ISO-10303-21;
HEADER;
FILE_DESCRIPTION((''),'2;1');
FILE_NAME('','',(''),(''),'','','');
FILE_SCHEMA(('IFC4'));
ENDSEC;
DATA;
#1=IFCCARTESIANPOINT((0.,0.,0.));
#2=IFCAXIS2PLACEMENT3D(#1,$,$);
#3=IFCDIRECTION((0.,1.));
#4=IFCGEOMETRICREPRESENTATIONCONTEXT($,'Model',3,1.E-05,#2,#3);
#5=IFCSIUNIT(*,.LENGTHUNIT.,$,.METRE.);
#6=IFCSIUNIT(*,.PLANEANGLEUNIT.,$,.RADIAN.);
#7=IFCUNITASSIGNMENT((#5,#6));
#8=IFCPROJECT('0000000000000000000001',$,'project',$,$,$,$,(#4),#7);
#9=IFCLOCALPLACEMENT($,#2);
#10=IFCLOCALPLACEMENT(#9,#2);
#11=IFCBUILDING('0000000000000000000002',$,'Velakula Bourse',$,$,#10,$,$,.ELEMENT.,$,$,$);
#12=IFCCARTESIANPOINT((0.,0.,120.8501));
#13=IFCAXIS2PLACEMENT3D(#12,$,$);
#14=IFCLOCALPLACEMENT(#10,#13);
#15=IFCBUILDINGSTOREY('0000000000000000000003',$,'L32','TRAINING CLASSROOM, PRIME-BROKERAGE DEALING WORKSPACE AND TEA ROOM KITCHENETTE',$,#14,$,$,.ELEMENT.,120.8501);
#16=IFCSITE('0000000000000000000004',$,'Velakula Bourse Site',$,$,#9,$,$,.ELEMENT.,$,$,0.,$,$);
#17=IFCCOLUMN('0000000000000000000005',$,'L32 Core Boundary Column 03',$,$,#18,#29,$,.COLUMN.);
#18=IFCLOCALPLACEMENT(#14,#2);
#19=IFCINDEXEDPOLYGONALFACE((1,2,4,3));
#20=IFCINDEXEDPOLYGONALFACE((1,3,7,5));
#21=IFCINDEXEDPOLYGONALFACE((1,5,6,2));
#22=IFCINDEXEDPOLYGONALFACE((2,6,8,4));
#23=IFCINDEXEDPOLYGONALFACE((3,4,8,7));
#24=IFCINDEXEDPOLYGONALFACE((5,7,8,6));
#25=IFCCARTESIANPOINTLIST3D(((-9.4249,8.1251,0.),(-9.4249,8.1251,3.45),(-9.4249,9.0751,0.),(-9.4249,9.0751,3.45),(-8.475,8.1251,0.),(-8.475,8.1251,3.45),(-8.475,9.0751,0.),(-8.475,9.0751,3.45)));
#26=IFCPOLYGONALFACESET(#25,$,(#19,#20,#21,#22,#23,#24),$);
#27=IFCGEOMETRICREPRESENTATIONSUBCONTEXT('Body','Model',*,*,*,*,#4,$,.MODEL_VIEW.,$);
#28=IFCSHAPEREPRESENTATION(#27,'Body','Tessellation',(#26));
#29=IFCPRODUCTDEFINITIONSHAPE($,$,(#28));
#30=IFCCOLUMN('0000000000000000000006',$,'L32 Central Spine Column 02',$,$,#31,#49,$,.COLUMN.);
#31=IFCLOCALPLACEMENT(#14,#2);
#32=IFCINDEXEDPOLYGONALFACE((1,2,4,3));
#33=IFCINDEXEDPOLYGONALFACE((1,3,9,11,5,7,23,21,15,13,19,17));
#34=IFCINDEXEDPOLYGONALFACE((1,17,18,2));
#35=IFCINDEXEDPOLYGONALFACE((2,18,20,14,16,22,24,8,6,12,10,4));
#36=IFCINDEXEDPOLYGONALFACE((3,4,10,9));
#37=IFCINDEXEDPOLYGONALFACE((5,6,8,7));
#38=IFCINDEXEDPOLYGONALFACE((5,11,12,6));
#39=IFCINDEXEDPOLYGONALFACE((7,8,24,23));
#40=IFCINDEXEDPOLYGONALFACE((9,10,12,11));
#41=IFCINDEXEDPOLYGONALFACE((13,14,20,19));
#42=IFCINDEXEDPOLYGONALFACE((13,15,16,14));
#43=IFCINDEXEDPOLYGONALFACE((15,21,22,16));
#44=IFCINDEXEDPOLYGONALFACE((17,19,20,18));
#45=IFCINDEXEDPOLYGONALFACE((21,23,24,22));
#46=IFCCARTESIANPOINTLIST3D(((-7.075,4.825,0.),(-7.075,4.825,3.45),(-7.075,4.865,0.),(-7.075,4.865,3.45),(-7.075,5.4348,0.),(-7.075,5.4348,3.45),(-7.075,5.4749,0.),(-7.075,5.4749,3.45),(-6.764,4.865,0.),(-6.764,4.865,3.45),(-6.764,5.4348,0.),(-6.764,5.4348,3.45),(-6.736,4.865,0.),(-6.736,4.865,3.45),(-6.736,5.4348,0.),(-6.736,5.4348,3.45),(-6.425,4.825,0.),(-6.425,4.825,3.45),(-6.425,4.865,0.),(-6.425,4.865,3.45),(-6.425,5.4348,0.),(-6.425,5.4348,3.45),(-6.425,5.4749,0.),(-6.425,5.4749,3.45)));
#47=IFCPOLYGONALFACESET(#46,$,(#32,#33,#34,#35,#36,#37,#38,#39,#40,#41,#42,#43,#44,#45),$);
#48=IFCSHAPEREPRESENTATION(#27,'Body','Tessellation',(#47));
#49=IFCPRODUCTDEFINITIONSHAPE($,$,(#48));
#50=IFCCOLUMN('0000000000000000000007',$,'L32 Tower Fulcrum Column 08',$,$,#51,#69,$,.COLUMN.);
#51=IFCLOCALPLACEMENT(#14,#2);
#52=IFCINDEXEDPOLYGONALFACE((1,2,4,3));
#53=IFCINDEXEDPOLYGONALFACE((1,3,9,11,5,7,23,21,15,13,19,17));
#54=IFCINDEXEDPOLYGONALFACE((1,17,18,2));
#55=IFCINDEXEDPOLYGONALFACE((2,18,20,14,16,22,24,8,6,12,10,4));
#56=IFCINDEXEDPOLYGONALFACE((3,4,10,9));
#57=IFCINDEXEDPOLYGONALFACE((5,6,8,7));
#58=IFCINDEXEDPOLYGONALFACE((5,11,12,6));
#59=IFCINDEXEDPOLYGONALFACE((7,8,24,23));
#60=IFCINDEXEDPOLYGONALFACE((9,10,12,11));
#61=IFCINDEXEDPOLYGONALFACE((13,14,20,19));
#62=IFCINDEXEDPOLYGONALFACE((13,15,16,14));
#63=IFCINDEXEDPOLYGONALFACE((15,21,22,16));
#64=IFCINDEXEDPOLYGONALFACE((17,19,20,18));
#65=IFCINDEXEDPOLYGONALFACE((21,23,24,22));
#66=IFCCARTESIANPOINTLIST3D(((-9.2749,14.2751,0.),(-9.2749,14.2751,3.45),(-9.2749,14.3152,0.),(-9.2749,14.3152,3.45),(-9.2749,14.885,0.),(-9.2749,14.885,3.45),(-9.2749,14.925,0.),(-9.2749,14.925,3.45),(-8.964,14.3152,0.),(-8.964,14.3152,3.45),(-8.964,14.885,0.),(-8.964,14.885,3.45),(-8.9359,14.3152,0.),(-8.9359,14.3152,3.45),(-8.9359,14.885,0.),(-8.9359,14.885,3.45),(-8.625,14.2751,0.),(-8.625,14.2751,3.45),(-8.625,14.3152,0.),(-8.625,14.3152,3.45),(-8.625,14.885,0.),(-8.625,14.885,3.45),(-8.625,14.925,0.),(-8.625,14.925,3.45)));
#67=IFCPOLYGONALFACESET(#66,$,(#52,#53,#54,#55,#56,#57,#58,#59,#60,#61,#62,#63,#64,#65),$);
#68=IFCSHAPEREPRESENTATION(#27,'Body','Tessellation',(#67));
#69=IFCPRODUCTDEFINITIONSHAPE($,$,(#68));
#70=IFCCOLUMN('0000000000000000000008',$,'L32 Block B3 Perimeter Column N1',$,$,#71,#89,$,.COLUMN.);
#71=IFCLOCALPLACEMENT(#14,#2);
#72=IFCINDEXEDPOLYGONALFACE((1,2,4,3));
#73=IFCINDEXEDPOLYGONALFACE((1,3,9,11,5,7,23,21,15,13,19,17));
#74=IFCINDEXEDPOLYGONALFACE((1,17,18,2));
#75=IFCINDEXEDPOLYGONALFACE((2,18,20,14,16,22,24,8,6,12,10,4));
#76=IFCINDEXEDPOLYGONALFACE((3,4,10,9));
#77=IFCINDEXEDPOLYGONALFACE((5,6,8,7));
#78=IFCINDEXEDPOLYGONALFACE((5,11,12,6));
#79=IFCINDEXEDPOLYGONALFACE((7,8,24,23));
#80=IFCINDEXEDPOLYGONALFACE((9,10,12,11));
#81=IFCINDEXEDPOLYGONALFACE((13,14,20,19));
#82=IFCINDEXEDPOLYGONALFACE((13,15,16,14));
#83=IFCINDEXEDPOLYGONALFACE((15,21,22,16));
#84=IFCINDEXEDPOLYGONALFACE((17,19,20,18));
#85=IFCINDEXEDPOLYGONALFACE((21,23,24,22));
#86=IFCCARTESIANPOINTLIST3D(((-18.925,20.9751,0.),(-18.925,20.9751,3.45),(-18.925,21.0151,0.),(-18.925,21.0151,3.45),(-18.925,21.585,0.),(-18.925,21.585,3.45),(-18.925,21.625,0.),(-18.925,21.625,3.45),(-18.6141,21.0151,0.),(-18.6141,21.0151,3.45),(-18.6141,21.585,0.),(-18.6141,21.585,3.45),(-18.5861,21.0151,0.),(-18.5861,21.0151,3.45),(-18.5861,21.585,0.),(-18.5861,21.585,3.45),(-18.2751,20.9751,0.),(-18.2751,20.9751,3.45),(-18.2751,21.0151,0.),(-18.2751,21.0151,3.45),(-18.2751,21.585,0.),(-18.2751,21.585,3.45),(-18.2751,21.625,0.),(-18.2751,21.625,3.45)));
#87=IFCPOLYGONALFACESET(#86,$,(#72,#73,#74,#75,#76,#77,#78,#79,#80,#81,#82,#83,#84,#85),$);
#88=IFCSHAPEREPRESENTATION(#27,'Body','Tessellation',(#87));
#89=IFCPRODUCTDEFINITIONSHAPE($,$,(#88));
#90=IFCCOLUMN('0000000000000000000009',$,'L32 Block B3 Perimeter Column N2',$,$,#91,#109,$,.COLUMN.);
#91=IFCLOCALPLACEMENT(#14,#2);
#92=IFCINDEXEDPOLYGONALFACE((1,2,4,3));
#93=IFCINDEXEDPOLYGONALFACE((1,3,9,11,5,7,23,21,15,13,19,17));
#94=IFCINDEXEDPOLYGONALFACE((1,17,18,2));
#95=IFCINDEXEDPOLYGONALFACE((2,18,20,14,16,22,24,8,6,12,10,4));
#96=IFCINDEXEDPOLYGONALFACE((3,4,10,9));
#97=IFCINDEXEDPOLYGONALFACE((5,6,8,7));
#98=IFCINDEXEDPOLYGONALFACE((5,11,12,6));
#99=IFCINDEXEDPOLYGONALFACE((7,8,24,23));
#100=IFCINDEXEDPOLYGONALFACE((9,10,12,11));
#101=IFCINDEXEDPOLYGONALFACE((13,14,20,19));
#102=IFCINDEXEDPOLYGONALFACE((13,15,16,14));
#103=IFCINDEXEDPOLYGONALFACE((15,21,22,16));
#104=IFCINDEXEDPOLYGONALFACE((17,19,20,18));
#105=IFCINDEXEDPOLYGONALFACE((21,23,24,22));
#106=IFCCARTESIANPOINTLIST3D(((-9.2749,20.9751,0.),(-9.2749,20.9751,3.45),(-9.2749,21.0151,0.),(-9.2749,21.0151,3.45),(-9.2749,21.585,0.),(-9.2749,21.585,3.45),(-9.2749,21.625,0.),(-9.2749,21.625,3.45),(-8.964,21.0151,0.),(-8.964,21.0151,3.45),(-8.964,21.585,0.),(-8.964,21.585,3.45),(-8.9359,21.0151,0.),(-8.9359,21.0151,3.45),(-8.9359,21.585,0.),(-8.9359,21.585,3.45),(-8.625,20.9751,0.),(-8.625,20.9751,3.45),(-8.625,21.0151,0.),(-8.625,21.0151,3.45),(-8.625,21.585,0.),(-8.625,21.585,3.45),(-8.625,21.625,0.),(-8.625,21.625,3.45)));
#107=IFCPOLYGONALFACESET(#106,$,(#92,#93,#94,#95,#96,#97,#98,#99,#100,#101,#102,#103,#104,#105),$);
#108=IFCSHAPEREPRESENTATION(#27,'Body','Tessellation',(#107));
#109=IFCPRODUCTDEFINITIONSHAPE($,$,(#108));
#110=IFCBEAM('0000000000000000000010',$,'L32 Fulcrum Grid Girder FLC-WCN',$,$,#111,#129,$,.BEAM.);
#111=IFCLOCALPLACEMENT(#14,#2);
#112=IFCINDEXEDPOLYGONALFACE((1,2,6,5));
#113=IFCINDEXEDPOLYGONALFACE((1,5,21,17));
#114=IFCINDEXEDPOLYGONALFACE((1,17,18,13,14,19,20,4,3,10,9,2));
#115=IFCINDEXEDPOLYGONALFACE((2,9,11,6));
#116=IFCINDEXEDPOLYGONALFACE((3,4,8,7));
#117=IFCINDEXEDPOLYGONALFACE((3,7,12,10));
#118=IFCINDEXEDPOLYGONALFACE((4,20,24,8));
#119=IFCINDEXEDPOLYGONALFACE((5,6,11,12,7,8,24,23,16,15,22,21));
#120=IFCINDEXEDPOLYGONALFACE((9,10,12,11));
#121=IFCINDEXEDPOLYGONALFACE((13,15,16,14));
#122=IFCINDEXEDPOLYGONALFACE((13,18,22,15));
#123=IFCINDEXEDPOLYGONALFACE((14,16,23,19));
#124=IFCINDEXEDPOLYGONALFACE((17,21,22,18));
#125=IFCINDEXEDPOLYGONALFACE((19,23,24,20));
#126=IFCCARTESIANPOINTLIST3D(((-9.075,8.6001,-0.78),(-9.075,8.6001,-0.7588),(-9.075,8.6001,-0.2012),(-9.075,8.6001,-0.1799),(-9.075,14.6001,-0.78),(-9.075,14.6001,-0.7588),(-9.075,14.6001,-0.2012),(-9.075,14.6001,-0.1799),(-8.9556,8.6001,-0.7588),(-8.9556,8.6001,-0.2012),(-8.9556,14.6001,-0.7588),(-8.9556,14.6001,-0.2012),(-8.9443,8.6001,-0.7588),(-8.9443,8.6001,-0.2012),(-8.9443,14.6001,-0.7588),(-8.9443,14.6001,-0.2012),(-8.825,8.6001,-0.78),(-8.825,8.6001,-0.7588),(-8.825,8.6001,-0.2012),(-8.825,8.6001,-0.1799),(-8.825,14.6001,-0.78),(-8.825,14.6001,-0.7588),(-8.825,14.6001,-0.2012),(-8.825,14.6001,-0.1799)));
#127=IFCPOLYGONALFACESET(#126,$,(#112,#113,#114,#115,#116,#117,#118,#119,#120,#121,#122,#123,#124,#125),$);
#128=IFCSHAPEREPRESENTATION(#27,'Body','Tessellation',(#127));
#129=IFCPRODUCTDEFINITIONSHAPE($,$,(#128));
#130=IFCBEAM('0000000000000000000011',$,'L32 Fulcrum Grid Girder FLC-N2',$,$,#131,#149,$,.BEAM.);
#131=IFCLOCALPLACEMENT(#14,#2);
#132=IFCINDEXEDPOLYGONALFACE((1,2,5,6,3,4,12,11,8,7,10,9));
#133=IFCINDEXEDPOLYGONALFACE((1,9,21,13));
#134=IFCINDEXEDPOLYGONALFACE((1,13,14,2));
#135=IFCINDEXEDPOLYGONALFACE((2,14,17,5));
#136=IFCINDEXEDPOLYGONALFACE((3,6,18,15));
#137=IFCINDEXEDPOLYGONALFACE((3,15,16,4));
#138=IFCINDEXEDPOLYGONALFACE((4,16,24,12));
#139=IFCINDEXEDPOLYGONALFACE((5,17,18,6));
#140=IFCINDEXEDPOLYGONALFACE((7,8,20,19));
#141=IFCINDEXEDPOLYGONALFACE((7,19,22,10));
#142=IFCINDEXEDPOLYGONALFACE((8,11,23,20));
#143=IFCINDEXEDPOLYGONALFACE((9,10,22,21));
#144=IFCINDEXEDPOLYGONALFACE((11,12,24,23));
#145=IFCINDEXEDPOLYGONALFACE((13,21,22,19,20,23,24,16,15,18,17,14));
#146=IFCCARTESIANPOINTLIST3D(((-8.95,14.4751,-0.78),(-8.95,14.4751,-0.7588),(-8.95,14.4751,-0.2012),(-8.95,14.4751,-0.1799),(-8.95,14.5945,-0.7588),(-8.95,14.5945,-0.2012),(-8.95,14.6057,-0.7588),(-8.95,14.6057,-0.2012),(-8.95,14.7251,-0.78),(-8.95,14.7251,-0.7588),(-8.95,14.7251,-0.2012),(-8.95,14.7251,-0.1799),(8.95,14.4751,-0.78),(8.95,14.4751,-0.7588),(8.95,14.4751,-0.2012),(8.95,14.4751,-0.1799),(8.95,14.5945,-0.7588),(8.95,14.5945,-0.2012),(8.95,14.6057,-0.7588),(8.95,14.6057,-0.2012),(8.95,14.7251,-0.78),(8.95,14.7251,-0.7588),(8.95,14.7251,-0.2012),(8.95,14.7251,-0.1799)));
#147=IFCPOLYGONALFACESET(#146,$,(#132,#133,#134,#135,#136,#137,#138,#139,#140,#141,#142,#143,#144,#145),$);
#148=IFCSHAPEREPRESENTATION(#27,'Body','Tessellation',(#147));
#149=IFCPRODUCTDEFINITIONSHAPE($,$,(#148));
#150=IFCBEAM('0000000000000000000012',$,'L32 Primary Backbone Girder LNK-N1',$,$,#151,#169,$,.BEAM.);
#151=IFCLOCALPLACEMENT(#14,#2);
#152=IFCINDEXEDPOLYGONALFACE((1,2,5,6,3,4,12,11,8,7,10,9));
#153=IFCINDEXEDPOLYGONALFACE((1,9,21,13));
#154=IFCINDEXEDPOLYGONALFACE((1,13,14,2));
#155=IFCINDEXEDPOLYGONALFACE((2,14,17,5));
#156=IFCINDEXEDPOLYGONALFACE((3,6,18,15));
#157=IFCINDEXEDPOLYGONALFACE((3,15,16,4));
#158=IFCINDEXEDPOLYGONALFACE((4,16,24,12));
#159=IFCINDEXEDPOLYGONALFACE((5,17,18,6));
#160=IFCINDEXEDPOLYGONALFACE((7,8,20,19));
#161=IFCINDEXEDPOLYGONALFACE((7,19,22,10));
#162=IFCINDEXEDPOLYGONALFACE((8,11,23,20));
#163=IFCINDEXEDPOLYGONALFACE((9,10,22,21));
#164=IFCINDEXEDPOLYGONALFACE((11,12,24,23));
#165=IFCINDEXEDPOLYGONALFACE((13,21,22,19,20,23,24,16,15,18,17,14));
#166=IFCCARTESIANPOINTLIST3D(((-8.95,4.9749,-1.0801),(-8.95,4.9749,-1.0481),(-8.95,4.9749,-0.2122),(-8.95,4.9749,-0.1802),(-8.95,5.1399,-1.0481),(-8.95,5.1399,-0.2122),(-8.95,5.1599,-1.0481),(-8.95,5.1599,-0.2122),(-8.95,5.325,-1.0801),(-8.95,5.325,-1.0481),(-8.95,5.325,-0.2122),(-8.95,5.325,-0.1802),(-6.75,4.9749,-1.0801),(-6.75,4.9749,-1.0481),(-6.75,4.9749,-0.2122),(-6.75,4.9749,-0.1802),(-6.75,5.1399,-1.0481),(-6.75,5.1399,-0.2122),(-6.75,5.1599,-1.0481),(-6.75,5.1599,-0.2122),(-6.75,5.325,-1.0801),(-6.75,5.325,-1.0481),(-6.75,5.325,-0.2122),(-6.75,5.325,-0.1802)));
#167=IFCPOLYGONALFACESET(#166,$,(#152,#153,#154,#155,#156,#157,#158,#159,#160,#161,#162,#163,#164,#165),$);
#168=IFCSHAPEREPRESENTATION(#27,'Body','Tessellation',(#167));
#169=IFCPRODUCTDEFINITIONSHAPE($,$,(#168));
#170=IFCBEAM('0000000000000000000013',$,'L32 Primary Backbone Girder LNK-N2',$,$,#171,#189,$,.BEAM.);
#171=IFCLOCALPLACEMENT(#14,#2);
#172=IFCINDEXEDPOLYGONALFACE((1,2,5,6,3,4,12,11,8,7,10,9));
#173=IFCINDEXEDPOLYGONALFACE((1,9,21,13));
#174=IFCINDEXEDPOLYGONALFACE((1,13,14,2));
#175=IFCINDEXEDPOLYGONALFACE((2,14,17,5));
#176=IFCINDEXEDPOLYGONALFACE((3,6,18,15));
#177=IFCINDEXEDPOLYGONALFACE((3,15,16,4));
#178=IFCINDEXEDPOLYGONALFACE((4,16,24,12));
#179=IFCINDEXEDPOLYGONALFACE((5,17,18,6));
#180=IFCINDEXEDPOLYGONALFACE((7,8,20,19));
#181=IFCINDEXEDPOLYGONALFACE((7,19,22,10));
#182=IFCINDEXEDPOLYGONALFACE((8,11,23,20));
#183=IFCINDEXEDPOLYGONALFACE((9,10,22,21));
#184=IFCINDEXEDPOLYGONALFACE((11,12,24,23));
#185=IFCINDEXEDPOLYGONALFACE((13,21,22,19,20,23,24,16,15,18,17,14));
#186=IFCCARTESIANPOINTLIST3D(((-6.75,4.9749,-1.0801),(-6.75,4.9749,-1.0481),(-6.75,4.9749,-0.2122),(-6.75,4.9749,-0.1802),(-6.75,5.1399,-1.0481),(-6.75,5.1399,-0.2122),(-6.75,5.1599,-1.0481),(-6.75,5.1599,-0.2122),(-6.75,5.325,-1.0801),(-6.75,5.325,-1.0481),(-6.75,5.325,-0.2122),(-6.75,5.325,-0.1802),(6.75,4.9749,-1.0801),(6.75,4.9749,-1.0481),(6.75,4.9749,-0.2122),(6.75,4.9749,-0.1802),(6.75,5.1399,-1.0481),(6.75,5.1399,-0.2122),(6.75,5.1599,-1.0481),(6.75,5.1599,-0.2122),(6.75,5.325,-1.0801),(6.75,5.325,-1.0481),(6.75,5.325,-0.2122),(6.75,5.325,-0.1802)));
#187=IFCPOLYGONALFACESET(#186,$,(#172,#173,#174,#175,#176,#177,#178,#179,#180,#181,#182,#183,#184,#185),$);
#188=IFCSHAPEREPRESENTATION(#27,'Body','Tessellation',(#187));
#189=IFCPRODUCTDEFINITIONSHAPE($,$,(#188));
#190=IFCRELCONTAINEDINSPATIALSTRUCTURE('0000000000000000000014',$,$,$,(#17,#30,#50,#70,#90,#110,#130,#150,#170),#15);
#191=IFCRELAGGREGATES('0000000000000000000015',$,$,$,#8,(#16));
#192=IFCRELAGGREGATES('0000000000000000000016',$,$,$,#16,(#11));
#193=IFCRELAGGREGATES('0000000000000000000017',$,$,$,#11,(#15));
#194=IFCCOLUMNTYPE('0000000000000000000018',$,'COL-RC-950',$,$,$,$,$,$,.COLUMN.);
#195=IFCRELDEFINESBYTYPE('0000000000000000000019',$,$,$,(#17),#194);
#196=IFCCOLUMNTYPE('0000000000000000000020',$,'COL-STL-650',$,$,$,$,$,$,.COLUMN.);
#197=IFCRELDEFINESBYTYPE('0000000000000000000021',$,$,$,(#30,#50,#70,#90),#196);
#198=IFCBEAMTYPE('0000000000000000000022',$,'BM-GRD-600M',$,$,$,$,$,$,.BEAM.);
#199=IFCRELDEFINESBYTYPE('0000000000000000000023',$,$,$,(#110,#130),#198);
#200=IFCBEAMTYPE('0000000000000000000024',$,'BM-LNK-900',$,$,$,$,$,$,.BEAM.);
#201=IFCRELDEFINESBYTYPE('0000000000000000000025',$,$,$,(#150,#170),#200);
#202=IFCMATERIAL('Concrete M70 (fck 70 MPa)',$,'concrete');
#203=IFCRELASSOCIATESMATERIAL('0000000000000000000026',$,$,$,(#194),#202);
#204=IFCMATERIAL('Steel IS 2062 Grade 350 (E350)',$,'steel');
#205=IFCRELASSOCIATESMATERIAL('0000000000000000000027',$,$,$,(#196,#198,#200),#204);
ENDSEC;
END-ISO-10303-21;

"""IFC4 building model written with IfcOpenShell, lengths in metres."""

from ifc_helpers import new_model, si_unit, direction, frame, origin, origin_2d, place, context, subcontext, project, spatial, rectangle, i_section, extrude, material, material_profile, profile_set, type_object, element, save


model = new_model("IFC4")

# Units and contexts
model_context = context("Model", 3, precision=1e-05, world=origin(), true_north=direction((0.0, 1.0)))
body_context = subcontext(model_context, "Body", "Model", "MODEL_VIEW")
ifc_project = project(units=[si_unit("LENGTHUNIT", "METRE"), si_unit("PLANEANGLEUNIT", "RADIAN")], contexts=[model_context])

# Site, building, storey
site_placement = place(None, origin())
site = spatial("IfcSite", under=ifc_project, at=site_placement, Name="Velakula Bourse Site", CompositionType="ELEMENT", RefElevation=0.0)
building_placement = place(site_placement, origin())
building = spatial("IfcBuilding", under=site, at=building_placement, Name="Velakula Bourse", CompositionType="ELEMENT")
storey_placement = place(building_placement, frame((0.0, 0.0, 120.8501)))
storey = spatial("IfcBuildingStorey", under=building, at=storey_placement, Name="L32", Description="TRAINING CLASSROOM, PRIME-BROKERAGE DEALING WORKSPACE AND TEA ROOM KITCHENETTE", CompositionType="ELEMENT", Elevation=120.8501)

# Columns
ifc_material_1 = material(Name="Concrete M70 (fck 70 MPa)", Category="concrete")
ifc_material_profile_1 = material_profile(ifc_material_1, rectangle(XDim=0.95, YDim=0.95, at=origin_2d()), Name="Concrete M70 (fck 70 MPa)")
ifc_profile_set_1 = profile_set([ifc_material_profile_1], Name="Concrete M70 (fck 70 MPa)")
column_type_1 = type_object("IfcColumnType", Name="COL-RC-950", PredefinedType="COLUMN", material=ifc_profile_set_1)
column_placement = place(storey_placement, frame((-8.95, 8.6001, 0.0), z_axis=(0.0, 0.0, 1.0), x_axis=(1.0, 0.0, 0.0)))
element("IfcColumn", 1, at=column_placement, inside=storey, type_object=column_type_1, Name="L32 Core Boundary Column 03", PredefinedType="COLUMN", context=body_context, shape_type="SweptSolid", body=[
    extrude(rectangle(XDim=0.95, YDim=0.95, at=origin_2d()), origin(), (0.0, 0.0, 1.0), 3.45),
])
ifc_material_2 = material(Name="Steel IS 2062 Grade 350 (E350)", Category="steel")
ifc_material_profile_2 = material_profile(ifc_material_2, i_section(OverallWidth=0.6499, OverallDepth=0.6499, WebThickness=0.0281, FlangeThickness=0.04, at=origin_2d()), Name="Steel IS 2062 Grade 350 (E350)")
ifc_profile_set_2 = profile_set([ifc_material_profile_2], Name="Steel IS 2062 Grade 350 (E350)")
column_type_2 = type_object("IfcColumnType", Name="COL-STL-650", PredefinedType="COLUMN", material=ifc_profile_set_2)
for number, where, z_axis, x_axis, name in (
    (2, (-6.75, 5.1499, 0.0), (0.0, 0.0, 1.0), (1.0, 0.0, 0.0), "L32 Central Spine Column 02"),
    (3, (-8.95, 14.6001, 0.0), (0.0, 0.0, 1.0), (1.0, 0.0, 0.0), "L32 Tower Fulcrum Column 08"),
    (4, (-18.6001, 21.3, 0.0), (0.0, 0.0, 1.0), (1.0, 0.0, 0.0), "L32 Block B3 Perimeter Column N1"),
    (5, (-8.95, 21.3, 0.0), (0.0, 0.0, 1.0), (1.0, 0.0, 0.0), "L32 Block B3 Perimeter Column N2"),
):
    element("IfcColumn", number, at=place(storey_placement, frame(where, z_axis=z_axis, x_axis=x_axis)), inside=storey, type_object=column_type_2, Name=name, PredefinedType="COLUMN", context=body_context, shape_type="SweptSolid", body=[
        extrude(i_section(OverallWidth=0.6499, OverallDepth=0.6499, WebThickness=0.0281, FlangeThickness=0.04, at=origin_2d()), origin(), (0.0, 0.0, 1.0), 3.45),
    ])

# Beams
ifc_material_profile_3 = material_profile(ifc_material_2, i_section(OverallWidth=0.25, OverallDepth=0.6001, WebThickness=0.0112, FlangeThickness=0.0212, at=origin_2d()), Name="Steel IS 2062 Grade 350 (E350)")
ifc_profile_set_3 = profile_set([ifc_material_profile_3], Name="Steel IS 2062 Grade 350 (E350)")
beam_type_1 = type_object("IfcBeamType", Name="BM-GRD-600M", PredefinedType="BEAM", material=ifc_profile_set_3)
beam_1_placement = place(storey_placement, frame((-8.95, 8.6001, -0.48), z_axis=(0.0, 1.0, 0.0), x_axis=(-1.0, 0.0, 0.0)))
element("IfcBeam", 6, at=beam_1_placement, inside=storey, type_object=beam_type_1, Name="L32 Fulcrum Grid Girder FLC-WCN", PredefinedType="BEAM", context=body_context, shape_type="SweptSolid", body=[
    extrude(i_section(OverallWidth=0.25, OverallDepth=0.6001, WebThickness=0.0112, FlangeThickness=0.0212, at=origin_2d()), origin(), (0.0, 0.0, 1.0), 6.0),
])
beam_2_placement = place(storey_placement, frame((-8.95, 14.6001, -0.48), z_axis=(1.0, 0.0, 0.0), x_axis=(0.0, 1.0, 0.0)))
element("IfcBeam", 7, at=beam_2_placement, inside=storey, type_object=beam_type_1, Name="L32 Fulcrum Grid Girder FLC-N2", PredefinedType="BEAM", context=body_context, shape_type="SweptSolid", body=[
    extrude(i_section(OverallWidth=0.25, OverallDepth=0.6001, WebThickness=0.0112, FlangeThickness=0.0212, at=origin_2d()), origin(), (0.0, 0.0, 1.0), 17.8999),
])
ifc_material_profile_4 = material_profile(ifc_material_2, i_section(OverallWidth=0.3501, OverallDepth=0.8999, WebThickness=0.02, FlangeThickness=0.032, at=origin_2d()), Name="Steel IS 2062 Grade 350 (E350)")
ifc_profile_set_4 = profile_set([ifc_material_profile_4], Name="Steel IS 2062 Grade 350 (E350)")
beam_type_2 = type_object("IfcBeamType", Name="BM-LNK-900", PredefinedType="BEAM", material=ifc_profile_set_4)
beam_3_placement = place(storey_placement, frame((-8.95, 5.1499, -0.6301), z_axis=(1.0, 0.0, 0.0), x_axis=(0.0, 1.0, 0.0)))
element("IfcBeam", 8, at=beam_3_placement, inside=storey, type_object=beam_type_2, Name="L32 Primary Backbone Girder LNK-N1", PredefinedType="BEAM", context=body_context, shape_type="SweptSolid", body=[
    extrude(i_section(OverallWidth=0.3501, OverallDepth=0.8999, WebThickness=0.02, FlangeThickness=0.032, at=origin_2d()), origin(), (0.0, 0.0, 1.0), 2.2),
])
beam_4_placement = place(storey_placement, frame((-6.75, 5.1499, -0.6301), z_axis=(1.0, 0.0, 0.0), x_axis=(0.0, 1.0, 0.0)))
element("IfcBeam", 9, at=beam_4_placement, inside=storey, type_object=beam_type_2, Name="L32 Primary Backbone Girder LNK-N2", PredefinedType="BEAM", context=body_context, shape_type="SweptSolid", body=[
    extrude(i_section(OverallWidth=0.3501, OverallDepth=0.8999, WebThickness=0.02, FlangeThickness=0.032, at=origin_2d()), origin(), (0.0, 0.0, 1.0), 13.5),
])

save(model, "model.ifc")
